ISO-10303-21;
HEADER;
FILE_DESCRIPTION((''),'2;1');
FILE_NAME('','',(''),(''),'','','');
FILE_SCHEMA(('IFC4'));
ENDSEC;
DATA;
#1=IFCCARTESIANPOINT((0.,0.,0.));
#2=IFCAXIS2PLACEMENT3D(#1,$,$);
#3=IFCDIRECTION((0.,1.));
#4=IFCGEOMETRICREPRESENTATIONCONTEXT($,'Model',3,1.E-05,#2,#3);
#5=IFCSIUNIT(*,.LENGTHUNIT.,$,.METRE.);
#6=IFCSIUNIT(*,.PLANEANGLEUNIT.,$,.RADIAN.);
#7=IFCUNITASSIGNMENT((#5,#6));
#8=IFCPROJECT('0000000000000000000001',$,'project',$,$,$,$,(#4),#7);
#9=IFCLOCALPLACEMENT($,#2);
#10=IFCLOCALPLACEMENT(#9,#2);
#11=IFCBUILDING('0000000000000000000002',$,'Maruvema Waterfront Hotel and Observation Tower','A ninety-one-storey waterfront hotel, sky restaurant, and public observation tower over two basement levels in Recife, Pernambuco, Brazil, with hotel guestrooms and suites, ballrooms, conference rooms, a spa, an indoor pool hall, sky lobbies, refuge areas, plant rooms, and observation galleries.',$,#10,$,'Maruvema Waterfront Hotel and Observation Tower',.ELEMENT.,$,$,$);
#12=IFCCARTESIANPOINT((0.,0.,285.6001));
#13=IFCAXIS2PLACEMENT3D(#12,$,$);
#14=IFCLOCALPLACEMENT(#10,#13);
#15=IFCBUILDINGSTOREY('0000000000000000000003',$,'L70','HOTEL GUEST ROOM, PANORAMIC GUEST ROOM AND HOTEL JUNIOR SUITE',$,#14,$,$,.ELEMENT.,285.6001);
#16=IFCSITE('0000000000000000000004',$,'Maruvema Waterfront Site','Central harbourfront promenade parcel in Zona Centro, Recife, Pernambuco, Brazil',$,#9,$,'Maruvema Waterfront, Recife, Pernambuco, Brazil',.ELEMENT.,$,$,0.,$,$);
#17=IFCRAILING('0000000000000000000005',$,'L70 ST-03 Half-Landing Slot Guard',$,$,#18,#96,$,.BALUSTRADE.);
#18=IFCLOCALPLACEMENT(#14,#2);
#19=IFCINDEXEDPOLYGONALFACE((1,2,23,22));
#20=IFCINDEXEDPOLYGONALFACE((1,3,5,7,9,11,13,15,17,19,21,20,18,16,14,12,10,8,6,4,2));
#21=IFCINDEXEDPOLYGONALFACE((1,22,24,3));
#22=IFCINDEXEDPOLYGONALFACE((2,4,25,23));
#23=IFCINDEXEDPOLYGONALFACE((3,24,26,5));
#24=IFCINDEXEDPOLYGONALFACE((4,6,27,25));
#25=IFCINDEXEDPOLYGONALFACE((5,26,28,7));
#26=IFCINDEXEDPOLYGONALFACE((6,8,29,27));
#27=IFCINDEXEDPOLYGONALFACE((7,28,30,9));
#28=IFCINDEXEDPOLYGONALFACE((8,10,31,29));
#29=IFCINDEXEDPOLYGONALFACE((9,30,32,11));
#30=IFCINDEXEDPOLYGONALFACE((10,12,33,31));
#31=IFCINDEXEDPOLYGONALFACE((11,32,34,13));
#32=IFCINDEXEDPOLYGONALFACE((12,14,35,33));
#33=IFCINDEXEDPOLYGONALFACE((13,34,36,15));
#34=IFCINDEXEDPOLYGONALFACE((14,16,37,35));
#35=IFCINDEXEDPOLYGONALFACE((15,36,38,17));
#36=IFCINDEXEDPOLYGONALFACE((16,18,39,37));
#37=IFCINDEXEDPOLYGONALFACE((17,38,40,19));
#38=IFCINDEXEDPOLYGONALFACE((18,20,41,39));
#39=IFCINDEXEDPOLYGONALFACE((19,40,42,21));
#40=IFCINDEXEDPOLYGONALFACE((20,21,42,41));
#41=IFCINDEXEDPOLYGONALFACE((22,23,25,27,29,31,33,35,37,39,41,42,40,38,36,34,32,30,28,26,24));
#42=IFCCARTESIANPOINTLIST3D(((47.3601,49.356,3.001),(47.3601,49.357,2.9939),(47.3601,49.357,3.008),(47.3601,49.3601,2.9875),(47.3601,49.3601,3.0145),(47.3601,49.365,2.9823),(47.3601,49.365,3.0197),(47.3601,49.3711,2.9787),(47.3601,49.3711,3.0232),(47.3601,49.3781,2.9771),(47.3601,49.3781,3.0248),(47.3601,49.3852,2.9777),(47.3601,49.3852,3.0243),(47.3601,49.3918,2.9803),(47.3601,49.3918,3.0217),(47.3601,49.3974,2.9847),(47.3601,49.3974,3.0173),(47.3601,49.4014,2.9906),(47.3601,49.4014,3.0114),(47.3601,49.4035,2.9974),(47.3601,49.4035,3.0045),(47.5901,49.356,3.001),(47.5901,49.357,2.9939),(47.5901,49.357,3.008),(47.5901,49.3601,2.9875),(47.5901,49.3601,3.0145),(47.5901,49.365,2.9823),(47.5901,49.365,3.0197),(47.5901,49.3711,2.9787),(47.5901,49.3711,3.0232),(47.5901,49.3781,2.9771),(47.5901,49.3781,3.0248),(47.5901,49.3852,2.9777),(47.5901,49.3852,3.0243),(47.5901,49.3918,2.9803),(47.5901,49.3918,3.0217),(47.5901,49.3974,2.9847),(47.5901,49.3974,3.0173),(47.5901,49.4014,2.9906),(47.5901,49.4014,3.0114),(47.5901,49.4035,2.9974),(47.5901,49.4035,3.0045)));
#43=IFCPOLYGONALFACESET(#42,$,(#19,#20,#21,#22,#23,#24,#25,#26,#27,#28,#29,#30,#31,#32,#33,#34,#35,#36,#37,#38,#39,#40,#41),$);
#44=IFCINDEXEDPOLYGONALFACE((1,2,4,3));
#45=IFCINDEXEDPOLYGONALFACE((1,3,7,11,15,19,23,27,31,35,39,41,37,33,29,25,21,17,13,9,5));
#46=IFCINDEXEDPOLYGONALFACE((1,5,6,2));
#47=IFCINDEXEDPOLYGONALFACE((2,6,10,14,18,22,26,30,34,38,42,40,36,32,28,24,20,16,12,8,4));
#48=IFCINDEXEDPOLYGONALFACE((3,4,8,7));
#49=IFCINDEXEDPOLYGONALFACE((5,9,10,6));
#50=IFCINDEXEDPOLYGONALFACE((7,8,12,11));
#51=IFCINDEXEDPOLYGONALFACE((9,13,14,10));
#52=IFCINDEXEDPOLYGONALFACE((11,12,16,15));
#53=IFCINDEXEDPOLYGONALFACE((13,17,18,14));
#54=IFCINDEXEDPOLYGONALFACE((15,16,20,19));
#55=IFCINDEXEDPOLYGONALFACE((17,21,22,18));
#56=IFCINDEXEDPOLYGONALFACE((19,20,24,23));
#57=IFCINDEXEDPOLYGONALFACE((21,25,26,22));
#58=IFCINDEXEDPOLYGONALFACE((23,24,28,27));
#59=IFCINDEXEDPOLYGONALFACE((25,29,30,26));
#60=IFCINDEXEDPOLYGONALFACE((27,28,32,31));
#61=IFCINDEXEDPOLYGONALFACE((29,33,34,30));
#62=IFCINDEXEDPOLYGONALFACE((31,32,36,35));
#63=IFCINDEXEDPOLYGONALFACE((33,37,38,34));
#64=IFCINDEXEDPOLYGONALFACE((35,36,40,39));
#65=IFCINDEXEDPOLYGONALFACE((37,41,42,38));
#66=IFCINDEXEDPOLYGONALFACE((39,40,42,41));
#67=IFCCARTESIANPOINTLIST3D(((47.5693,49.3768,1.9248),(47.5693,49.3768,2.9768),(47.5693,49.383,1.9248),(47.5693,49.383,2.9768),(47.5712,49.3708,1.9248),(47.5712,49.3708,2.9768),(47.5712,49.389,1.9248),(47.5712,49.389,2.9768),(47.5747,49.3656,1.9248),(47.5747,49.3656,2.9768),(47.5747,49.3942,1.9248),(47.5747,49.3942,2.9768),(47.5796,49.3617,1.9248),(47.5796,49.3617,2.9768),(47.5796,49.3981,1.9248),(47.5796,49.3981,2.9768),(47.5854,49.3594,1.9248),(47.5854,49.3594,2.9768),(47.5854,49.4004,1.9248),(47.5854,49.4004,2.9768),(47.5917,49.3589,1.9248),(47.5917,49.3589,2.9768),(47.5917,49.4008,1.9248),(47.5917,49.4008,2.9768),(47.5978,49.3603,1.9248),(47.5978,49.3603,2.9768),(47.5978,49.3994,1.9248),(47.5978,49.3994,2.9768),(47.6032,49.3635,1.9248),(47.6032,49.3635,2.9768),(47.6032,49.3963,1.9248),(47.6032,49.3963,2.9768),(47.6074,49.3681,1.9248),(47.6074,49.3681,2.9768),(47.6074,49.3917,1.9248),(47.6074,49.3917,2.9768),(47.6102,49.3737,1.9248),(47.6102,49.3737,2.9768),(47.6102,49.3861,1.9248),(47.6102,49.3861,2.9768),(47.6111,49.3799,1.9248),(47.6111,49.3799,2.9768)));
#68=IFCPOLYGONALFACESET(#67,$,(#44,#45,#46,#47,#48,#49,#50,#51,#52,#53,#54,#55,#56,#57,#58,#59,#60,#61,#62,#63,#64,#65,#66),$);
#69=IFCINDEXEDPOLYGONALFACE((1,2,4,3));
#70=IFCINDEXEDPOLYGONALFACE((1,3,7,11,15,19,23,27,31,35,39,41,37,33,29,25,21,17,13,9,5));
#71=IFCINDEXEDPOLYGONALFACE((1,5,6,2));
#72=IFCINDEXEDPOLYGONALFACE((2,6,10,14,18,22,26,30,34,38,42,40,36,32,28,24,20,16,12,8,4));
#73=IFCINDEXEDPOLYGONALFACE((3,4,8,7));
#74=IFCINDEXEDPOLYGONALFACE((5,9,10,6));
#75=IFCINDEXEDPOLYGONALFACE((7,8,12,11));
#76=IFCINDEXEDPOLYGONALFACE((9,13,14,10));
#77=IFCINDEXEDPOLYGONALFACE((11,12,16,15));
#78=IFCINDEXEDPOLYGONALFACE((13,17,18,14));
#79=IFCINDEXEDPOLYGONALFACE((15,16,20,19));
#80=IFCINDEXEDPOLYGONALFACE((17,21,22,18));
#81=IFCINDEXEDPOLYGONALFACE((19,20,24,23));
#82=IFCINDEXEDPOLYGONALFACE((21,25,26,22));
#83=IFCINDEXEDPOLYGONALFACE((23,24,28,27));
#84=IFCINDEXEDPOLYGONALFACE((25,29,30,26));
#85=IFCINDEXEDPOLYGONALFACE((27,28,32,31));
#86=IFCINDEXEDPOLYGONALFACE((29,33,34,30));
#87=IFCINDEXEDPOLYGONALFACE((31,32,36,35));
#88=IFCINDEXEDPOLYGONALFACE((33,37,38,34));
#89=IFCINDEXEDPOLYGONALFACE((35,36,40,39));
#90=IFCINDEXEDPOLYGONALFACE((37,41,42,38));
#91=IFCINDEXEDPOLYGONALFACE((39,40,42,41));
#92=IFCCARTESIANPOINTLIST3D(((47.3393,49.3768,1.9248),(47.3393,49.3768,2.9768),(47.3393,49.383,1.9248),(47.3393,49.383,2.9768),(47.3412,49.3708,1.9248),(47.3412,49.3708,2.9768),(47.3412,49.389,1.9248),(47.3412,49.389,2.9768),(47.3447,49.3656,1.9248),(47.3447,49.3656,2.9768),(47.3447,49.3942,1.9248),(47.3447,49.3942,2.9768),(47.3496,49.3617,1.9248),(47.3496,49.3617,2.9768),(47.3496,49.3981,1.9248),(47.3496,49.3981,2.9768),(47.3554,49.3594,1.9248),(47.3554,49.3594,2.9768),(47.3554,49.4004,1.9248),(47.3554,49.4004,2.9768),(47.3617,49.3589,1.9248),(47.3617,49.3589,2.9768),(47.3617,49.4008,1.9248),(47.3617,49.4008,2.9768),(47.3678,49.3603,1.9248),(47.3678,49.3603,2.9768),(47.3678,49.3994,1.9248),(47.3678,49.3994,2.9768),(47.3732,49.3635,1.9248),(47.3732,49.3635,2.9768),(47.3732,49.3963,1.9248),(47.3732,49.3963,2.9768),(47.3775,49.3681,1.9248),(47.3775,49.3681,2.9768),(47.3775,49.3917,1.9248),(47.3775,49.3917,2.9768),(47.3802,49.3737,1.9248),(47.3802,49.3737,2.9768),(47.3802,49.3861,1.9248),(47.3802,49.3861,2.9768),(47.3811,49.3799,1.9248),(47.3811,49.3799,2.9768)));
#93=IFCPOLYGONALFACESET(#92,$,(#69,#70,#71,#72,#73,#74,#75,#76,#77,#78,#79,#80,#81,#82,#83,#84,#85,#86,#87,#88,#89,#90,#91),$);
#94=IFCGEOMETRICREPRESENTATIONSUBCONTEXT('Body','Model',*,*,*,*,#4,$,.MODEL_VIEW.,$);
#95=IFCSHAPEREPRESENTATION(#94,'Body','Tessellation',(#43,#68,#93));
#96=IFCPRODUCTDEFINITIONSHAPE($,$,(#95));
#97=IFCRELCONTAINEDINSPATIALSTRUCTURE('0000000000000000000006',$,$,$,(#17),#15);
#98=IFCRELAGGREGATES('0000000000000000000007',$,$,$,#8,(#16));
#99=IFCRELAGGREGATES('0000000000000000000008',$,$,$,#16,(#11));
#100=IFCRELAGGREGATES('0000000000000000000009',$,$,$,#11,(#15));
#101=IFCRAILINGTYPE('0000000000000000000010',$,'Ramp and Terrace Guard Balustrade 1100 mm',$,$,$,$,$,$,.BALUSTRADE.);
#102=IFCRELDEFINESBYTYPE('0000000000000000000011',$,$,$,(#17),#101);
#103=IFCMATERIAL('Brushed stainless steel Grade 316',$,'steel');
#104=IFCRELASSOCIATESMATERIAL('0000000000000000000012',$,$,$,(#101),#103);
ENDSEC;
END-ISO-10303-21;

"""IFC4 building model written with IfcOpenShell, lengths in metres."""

from ifc_helpers import new_model, si_unit, direction, frame, origin, origin_2d, place, context, subcontext, project, spatial, circle, extrude, material, type_object, element, save


model = new_model("IFC4")

# Units and contexts
model_context = context("Model", 3, precision=1e-05, world=origin(), true_north=direction((0.0, 1.0)))
body_context = subcontext(model_context, "Body", "Model", "MODEL_VIEW")
ifc_project = project(units=[si_unit("LENGTHUNIT", "METRE"), si_unit("PLANEANGLEUNIT", "RADIAN")], contexts=[model_context])

# Site, building, storey
site_placement = place(None, origin())
site = spatial("IfcSite", under=ifc_project, at=site_placement, Name="Maruvema Waterfront Site", Description="Central harbourfront promenade parcel in Zona Centro, Recife, Pernambuco, Brazil", LongName="Maruvema Waterfront, Recife, Pernambuco, Brazil", CompositionType="ELEMENT", RefElevation=0.0)
building_placement = place(site_placement, origin())
building = spatial("IfcBuilding", under=site, at=building_placement, Name="Maruvema Waterfront Hotel and Observation Tower", Description="A ninety-one-storey waterfront hotel, sky restaurant, and public observation tower over two basement levels in Recife, Pernambuco, Brazil, with hotel guestrooms and suites, ballrooms, conference rooms, a spa, an indoor pool hall, sky lobbies, refuge areas, plant rooms, and observation galleries.", LongName="Maruvema Waterfront Hotel and Observation Tower", CompositionType="ELEMENT")
storey_placement = place(building_placement, frame((0.0, 0.0, 285.6001)))
storey = spatial("IfcBuildingStorey", under=building, at=storey_placement, Name="L70", Description="HOTEL GUEST ROOM, PANORAMIC GUEST ROOM AND HOTEL JUNIOR SUITE", CompositionType="ELEMENT", Elevation=285.6001)

# Railing
ifc_material_1 = material(Name="Brushed stainless steel Grade 316", Category="steel")
railing_type_1 = type_object("IfcRailingType", Name="Ramp and Terrace Guard Balustrade 1100 mm", PredefinedType="BALUSTRADE", material=ifc_material_1)
railing_1_placement = place(storey_placement, frame((47.5901, 49.3799, 1.9248)))
element("IfcRailing", 1, at=railing_1_placement, inside=storey, type_object=railing_type_1, Name="L70 ST-03 Half-Landing Slot Guard", PredefinedType="BALUSTRADE", context=body_context, shape_type="SweptSolid", body=[
    extrude(circle(Radius=0.0239, at=origin_2d()), frame((0.0, 0.0, 1.0762), z_axis=(-1.0, 0.0, 0.0), x_axis=(0.0, -1.0, 0.0)), (0.0, 0.0, 1.0), 0.23),
    extrude(circle(Radius=0.021, at=origin_2d()), origin(), (0.0, 0.0, 1.0), 1.052),
    extrude(circle(Radius=0.021, at=origin_2d()), frame((-0.23, 0.0, 0.0)), (0.0, 0.0, 1.0), 1.052),
])

save(model, "model.ifc")
